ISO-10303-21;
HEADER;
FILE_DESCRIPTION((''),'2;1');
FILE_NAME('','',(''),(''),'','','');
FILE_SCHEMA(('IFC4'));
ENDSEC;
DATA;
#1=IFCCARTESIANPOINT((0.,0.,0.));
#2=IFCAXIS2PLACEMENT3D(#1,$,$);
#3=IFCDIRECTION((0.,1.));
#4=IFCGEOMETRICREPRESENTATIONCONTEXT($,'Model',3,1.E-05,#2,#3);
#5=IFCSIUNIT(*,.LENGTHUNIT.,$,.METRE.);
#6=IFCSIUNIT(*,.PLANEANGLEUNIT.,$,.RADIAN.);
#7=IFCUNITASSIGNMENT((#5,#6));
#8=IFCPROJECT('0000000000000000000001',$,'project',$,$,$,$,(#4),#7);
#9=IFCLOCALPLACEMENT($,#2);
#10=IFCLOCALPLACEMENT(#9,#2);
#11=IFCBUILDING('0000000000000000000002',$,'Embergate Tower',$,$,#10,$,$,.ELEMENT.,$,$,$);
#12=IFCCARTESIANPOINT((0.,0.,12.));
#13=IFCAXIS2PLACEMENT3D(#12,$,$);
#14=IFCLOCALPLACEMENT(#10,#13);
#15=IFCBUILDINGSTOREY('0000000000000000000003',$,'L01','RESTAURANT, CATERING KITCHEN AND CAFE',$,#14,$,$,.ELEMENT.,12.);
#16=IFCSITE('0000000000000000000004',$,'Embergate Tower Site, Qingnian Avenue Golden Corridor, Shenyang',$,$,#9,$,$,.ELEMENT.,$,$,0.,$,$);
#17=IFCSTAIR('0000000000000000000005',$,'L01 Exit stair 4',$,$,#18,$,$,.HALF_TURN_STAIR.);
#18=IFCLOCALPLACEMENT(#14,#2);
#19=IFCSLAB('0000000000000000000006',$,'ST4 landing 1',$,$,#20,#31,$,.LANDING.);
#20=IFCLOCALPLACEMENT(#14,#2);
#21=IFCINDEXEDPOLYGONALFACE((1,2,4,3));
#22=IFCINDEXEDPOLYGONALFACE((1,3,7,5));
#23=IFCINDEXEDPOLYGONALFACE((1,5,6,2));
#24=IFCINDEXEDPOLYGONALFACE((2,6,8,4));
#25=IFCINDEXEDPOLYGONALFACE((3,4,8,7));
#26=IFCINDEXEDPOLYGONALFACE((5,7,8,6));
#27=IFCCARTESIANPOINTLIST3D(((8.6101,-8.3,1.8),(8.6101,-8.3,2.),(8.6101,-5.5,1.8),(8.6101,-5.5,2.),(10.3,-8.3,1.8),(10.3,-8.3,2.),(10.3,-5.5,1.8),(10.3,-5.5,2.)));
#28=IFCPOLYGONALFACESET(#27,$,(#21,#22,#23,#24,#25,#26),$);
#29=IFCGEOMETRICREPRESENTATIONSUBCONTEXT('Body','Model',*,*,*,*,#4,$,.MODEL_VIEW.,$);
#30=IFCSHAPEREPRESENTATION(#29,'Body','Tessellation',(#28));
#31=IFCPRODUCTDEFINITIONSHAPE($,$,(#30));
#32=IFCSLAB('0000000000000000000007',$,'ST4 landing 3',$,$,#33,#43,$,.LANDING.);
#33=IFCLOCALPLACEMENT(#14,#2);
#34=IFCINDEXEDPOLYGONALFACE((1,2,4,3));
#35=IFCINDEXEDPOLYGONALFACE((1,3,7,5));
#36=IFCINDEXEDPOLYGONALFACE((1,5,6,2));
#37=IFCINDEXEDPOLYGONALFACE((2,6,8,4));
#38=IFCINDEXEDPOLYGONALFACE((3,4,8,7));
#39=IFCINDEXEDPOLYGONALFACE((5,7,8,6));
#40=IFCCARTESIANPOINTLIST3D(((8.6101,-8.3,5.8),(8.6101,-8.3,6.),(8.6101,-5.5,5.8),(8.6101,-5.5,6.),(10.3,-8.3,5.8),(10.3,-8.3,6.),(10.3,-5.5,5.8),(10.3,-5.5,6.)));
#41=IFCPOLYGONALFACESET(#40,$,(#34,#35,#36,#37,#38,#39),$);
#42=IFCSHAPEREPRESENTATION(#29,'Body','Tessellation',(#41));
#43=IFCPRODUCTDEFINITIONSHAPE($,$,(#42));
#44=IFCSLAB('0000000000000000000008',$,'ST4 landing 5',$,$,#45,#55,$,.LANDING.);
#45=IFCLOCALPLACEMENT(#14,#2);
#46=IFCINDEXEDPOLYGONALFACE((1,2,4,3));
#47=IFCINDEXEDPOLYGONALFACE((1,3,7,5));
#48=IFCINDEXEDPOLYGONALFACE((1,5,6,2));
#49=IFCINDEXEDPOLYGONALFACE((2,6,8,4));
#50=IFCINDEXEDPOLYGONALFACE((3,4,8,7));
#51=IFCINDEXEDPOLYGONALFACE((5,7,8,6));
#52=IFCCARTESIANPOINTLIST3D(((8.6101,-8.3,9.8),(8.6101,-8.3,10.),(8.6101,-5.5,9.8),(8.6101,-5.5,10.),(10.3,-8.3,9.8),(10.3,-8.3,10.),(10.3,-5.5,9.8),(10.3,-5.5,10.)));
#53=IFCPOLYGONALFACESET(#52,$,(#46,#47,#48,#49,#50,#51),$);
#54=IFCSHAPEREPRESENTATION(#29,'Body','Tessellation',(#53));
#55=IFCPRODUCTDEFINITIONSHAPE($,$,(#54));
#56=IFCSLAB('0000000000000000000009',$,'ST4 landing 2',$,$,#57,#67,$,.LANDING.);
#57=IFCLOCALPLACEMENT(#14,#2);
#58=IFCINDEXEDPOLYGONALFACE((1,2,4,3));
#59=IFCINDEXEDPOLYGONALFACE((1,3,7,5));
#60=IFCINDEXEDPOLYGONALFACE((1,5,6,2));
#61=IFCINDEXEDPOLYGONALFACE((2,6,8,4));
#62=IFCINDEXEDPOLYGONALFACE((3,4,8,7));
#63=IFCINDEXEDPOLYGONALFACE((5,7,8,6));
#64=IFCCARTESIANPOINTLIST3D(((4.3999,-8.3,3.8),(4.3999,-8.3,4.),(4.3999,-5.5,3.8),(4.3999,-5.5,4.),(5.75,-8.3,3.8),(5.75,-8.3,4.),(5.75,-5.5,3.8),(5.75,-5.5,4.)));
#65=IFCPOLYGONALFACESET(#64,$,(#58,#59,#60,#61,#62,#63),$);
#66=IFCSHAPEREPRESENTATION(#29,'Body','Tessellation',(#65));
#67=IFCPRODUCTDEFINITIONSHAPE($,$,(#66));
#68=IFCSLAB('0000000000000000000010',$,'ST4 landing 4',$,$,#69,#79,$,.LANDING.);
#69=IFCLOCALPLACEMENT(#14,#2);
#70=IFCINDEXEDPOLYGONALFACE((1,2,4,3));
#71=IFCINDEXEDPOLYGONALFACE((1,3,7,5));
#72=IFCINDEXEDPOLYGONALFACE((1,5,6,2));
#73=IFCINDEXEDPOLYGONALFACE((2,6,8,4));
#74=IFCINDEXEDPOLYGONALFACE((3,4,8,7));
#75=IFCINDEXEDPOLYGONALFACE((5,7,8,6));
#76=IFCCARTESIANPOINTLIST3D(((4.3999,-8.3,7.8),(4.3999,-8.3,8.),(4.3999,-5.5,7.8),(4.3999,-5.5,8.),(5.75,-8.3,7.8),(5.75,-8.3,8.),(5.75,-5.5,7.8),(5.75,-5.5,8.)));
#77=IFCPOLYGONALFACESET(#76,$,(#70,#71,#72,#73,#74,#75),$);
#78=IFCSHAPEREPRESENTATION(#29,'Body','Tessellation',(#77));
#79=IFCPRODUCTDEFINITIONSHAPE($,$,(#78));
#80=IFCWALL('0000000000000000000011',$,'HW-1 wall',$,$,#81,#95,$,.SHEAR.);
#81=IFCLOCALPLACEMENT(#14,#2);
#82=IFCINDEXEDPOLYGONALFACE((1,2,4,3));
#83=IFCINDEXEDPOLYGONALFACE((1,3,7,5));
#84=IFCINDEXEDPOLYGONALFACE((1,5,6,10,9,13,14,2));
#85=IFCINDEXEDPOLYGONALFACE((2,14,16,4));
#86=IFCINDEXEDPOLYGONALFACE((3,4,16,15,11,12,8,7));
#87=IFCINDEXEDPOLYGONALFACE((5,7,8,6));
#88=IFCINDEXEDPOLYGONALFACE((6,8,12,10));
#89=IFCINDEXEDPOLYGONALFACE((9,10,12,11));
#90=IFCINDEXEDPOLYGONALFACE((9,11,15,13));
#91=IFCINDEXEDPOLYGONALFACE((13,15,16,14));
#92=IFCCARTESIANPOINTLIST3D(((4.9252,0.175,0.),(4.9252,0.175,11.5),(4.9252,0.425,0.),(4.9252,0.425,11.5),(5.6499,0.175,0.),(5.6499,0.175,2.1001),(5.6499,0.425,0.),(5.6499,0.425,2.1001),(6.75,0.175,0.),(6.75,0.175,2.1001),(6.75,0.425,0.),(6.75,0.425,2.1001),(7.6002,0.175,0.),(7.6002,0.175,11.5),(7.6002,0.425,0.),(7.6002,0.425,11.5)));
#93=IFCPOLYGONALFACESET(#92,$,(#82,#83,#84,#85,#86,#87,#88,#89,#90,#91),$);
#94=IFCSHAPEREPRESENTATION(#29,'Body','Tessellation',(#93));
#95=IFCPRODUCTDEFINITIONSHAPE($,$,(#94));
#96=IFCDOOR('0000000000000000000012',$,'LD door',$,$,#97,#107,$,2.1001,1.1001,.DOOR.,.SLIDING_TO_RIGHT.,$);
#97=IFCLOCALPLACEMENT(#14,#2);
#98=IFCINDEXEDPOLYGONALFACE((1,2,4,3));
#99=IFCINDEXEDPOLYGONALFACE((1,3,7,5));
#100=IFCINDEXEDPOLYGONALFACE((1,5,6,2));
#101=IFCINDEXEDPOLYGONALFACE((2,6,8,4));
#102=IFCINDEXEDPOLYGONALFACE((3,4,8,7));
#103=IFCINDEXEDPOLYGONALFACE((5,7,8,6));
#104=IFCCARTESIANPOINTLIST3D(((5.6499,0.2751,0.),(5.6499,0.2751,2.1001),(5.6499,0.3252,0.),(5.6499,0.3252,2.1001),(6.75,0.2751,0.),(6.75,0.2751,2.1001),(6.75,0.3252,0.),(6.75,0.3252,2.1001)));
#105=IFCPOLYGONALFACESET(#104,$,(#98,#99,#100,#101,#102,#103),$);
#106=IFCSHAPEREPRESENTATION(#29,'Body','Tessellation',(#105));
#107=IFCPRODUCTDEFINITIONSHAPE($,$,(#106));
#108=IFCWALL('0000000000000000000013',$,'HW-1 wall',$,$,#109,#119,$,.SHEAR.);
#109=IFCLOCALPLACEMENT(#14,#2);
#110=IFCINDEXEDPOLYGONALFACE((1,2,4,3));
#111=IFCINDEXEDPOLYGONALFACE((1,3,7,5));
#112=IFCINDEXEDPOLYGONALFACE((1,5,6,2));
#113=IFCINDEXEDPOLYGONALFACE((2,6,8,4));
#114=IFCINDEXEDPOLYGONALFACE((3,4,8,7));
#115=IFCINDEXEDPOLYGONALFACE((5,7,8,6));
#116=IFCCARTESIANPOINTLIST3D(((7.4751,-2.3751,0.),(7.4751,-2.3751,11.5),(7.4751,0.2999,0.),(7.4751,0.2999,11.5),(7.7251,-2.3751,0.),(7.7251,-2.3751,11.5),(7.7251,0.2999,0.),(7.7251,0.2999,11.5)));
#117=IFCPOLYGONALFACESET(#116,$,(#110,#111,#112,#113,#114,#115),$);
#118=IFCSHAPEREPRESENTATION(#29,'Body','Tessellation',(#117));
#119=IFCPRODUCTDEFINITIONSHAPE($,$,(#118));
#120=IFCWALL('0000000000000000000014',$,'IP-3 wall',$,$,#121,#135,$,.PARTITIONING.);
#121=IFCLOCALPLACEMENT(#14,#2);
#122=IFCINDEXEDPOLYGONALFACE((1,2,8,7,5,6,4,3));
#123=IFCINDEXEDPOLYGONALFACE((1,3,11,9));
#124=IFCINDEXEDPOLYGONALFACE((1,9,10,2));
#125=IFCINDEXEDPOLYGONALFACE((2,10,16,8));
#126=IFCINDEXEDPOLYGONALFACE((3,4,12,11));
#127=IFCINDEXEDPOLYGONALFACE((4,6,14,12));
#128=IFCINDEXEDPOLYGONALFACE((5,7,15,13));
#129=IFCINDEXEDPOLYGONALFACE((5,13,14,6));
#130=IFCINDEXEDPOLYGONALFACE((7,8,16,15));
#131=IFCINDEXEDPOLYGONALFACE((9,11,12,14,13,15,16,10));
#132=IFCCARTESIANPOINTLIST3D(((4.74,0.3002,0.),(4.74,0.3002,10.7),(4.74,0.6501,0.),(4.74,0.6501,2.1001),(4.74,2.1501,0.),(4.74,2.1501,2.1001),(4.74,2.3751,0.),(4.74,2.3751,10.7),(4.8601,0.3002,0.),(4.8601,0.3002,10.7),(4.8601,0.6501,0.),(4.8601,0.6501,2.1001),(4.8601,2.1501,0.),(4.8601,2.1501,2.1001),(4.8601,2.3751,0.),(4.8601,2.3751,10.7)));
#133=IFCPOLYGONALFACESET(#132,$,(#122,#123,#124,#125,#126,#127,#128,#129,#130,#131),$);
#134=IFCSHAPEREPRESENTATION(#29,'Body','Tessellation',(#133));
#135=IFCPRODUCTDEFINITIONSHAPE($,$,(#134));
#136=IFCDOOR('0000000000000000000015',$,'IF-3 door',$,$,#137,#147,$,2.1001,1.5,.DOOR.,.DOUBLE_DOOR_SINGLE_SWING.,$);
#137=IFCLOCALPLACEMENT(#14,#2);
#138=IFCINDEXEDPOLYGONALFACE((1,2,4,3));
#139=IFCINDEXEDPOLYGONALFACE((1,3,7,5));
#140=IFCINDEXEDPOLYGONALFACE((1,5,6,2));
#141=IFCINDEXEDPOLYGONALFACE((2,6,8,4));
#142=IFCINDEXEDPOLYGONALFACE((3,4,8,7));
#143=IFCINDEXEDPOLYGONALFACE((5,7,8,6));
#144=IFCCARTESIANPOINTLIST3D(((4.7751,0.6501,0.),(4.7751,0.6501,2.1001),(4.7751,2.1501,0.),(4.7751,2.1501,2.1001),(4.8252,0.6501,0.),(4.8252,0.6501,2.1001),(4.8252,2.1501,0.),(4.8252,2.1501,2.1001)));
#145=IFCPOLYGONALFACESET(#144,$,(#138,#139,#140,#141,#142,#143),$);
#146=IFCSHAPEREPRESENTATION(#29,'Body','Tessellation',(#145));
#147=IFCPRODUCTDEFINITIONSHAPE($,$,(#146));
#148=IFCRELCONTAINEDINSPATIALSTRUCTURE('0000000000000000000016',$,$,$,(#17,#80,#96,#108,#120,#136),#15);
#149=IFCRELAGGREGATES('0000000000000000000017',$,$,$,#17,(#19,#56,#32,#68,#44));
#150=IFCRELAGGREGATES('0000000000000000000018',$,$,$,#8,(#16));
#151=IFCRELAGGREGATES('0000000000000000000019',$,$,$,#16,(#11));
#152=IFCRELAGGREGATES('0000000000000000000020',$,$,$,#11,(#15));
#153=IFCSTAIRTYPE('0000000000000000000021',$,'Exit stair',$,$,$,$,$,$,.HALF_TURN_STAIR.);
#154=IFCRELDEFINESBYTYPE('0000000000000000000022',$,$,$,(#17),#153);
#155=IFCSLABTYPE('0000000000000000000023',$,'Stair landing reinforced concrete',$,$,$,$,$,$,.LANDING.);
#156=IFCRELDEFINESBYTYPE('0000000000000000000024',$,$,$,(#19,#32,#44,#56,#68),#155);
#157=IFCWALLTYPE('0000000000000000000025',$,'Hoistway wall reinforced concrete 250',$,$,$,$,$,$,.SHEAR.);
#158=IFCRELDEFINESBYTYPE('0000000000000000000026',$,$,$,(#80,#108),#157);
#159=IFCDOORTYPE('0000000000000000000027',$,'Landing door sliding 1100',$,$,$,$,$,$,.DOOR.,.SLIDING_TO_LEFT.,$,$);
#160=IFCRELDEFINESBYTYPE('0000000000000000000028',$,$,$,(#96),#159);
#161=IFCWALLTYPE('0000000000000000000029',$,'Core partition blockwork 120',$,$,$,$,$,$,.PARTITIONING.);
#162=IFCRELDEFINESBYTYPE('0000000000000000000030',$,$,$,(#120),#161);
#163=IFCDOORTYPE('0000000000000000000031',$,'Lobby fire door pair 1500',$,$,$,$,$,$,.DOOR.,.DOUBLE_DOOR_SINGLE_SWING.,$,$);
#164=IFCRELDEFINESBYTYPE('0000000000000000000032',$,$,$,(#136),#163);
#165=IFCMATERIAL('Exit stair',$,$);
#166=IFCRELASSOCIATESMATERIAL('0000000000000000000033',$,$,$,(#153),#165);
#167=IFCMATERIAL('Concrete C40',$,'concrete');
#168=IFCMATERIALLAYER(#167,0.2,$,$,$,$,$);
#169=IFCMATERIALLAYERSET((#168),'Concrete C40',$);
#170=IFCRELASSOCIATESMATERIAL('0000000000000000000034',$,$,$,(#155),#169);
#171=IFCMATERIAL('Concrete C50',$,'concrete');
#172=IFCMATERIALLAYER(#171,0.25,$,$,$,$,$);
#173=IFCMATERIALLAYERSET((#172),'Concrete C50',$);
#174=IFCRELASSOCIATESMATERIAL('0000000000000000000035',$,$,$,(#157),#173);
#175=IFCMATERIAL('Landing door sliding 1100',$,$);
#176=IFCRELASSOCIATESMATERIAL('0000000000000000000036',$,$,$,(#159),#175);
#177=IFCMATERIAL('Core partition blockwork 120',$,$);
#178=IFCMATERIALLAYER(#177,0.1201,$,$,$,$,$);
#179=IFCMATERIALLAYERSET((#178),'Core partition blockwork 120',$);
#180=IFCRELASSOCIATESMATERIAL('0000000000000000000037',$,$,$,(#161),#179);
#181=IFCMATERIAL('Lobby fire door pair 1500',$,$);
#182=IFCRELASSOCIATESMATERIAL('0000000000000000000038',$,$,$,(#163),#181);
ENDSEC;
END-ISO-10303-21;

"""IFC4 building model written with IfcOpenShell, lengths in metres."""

from ifc_helpers import new_model, si_unit, direction, frame, frame_2d, origin, place, context, subcontext, project, spatial, polyline, rectangle, outline, extrude, source, transform, mapped, material, layer, layer_set, type_object, element, fill, aggregate, save


model = new_model("IFC4")

# Units and contexts
model_context = context("Model", 3, precision=1e-05, world=origin(), true_north=direction((0.0, 1.0)))
body_context = subcontext(model_context, "Body", "Model", "MODEL_VIEW")
ifc_project = project(units=[si_unit("LENGTHUNIT", "METRE"), si_unit("PLANEANGLEUNIT", "RADIAN")], contexts=[model_context])

# Site, building, storey
site_placement = place(None, origin())
site = spatial("IfcSite", under=ifc_project, at=site_placement, Name="Embergate Tower Site, Qingnian Avenue Golden Corridor, Shenyang", CompositionType="ELEMENT", RefElevation=0.0)
building_placement = place(site_placement, origin())
building = spatial("IfcBuilding", under=site, at=building_placement, Name="Embergate Tower", CompositionType="ELEMENT")
storey_placement = place(building_placement, frame((0.0, 0.0, 12.0)))
storey = spatial("IfcBuildingStorey", under=building, at=storey_placement, Name="L01", Description="RESTAURANT, CATERING KITCHEN AND CAFE", CompositionType="ELEMENT", Elevation=12.0)

# Stair, slabs
ifc_material_1 = material(Name="Exit stair")
stair_type = type_object("IfcStairType", Name="Exit stair", PredefinedType="HALF_TURN_STAIR", material=ifc_material_1)
stair_placement = place(storey_placement, origin())
stair = element("IfcStair", 1, at=stair_placement, inside=storey, type_object=stair_type, Name="L01 Exit stair 4", PredefinedType="HALF_TURN_STAIR")
ifc_material_2 = material(Name="Concrete C40", Category="concrete")
ifc_layer_1 = layer(ifc_material_2, 0.2)
ifc_layer_set_1 = layer_set([ifc_layer_1], Name="Concrete C40")
slab_type = type_object("IfcSlabType", Name="Stair landing reinforced concrete", PredefinedType="LANDING", material=ifc_layer_set_1)
shared_shape_1 = source(origin(), body_context, "Body", "SweptSolid", [
    extrude(outline(polyline([(0.0, 0.0), (1.6899, 0.0), (1.6899, 2.8), (0.0, 2.8), (0.0, 0.0)])), origin(), (0.0, 0.0, 1.0), 0.2),
])
slab_1_placement = place(storey_placement, frame((8.6101, -8.3, 1.8)))
slab_1 = element("IfcSlab", 2, at=slab_1_placement, type_object=slab_type, Name="ST4 landing 1", PredefinedType="LANDING", context=body_context, shape_type="MappedRepresentation", body=[
    mapped(shared_shape_1, transform((0.0, 0.0, 0.0))),
])
slab_2_placement = place(storey_placement, frame((8.6101, -8.3, 5.8)))
slab_2 = element("IfcSlab", 3, at=slab_2_placement, type_object=slab_type, Name="ST4 landing 3", PredefinedType="LANDING", context=body_context, shape_type="MappedRepresentation", body=[
    mapped(shared_shape_1, transform((0.0, 0.0, 0.0))),
])
slab_3_placement = place(storey_placement, frame((8.6101, -8.3, 9.8)))
slab_3 = element("IfcSlab", 4, at=slab_3_placement, type_object=slab_type, Name="ST4 landing 5", PredefinedType="LANDING", context=body_context, shape_type="MappedRepresentation", body=[
    mapped(shared_shape_1, transform((0.0, 0.0, 0.0))),
])
shared_shape_2 = source(origin(), body_context, "Body", "SweptSolid", [
    extrude(outline(polyline([(0.0, 0.0), (1.3501, 0.0), (1.3501, 2.8), (0.0, 2.8), (0.0, 0.0)])), origin(), (0.0, 0.0, 1.0), 0.2),
])
slab_4_placement = place(storey_placement, frame((4.3999, -8.3, 3.8)))
slab_4 = element("IfcSlab", 5, at=slab_4_placement, type_object=slab_type, Name="ST4 landing 2", PredefinedType="LANDING", context=body_context, shape_type="MappedRepresentation", body=[
    mapped(shared_shape_2, transform((0.0, 0.0, 0.0))),
])
slab_5_placement = place(storey_placement, frame((4.3999, -8.3, 7.8)))
slab_5 = element("IfcSlab", 6, at=slab_5_placement, type_object=slab_type, Name="ST4 landing 4", PredefinedType="LANDING", context=body_context, shape_type="MappedRepresentation", body=[
    mapped(shared_shape_2, transform((0.0, 0.0, 0.0))),
])

# Wall, opening, door
ifc_material_3 = material(Name="Concrete C50", Category="concrete")
ifc_layer_2 = layer(ifc_material_3, 0.25)
ifc_layer_set_2 = layer_set([ifc_layer_2], Name="Concrete C50")
wall_type_1 = type_object("IfcWallType", Name="Hoistway wall reinforced concrete 250", PredefinedType="SHEAR", material=ifc_layer_set_2)
shared_shape_3 = source(origin(), body_context, "Body", "SweptSolid", [
    extrude(rectangle(XDim=2.675, YDim=0.25, at=frame_2d((1.3374, 0.0))), origin(), (0.0, 0.0, 1.0), 11.5),
])
wall_1_placement = place(storey_placement, frame((7.6001, 0.3, 0.0), z_axis=(0.0, 0.0, 1.0), x_axis=(-1.0, 0.0, 0.0)))
wall_1 = element("IfcWall", 7, at=wall_1_placement, inside=storey, type_object=wall_type_1, Name="HW-1 wall", PredefinedType="SHEAR", context=body_context, shape_type="MappedRepresentation", body=[
    mapped(shared_shape_3, transform((0.0, 0.0, 0.0))),
])
shared_shape_4 = source(origin(), body_context, "Body", "SweptSolid", [
    extrude(rectangle(XDim=1.1001, YDim=2.1001, at=frame_2d((0.55, 1.05))), frame((0.0, 0.135, 0.0), z_axis=(0.0, -1.0, 0.0), x_axis=(1.0, 0.0, 0.0)), (0.0, 0.0, 1.0), 0.27),
])
opening_1_placement = place(wall_1_placement, frame((0.8501, 0.0, 0.0)))
opening_1 = element("IfcOpeningElement", 8, at=opening_1_placement, cuts=wall_1, PredefinedType="OPENING", context=body_context, shape_type="MappedRepresentation", body=[
    mapped(shared_shape_4, transform((0.0, 0.0, 0.0))),
])
ifc_material_4 = material(Name="Landing door sliding 1100")
door_type_1 = type_object("IfcDoorType", Name="Landing door sliding 1100", OperationType="SLIDING_TO_LEFT", PredefinedType="DOOR", material=ifc_material_4)
shared_shape_5 = source(origin(), body_context, "Body", "SweptSolid", [
    extrude(rectangle(XDim=1.1001, YDim=2.1001, at=frame_2d((0.55, 1.05))), frame((0.0, 0.0249, 0.0), z_axis=(0.0, -1.0, 0.0), x_axis=(1.0, 0.0, 0.0)), (0.0, 0.0, 1.0), 0.05),
])
door_1_placement = place(opening_1_placement, origin())
door_1 = element("IfcDoor", 9, at=door_1_placement, inside=storey, type_object=door_type_1, Name="LD door", OperationType="SLIDING_TO_RIGHT", OverallHeight=2.1001, OverallWidth=1.1001, PredefinedType="DOOR", context=body_context, shape_type="MappedRepresentation", body=[
    mapped(shared_shape_5, transform((0.0, 0.0, 0.0))),
])
fill(opening_1, door_1)

# Wall
wall_2_placement = place(storey_placement, frame((7.6001, -2.375, 0.0), z_axis=(0.0, 0.0, 1.0), x_axis=(0.0, 1.0, 0.0)))
element("IfcWall", 10, at=wall_2_placement, inside=storey, type_object=wall_type_1, Name="HW-1 wall", PredefinedType="SHEAR", context=body_context, shape_type="MappedRepresentation", body=[
    mapped(shared_shape_3, transform((0.0, 0.0, 0.0))),
])

# Wall, opening, door
ifc_material_5 = material(Name="Core partition blockwork 120")
ifc_layer_3 = layer(ifc_material_5, 0.1201)
ifc_layer_set_3 = layer_set([ifc_layer_3], Name="Core partition blockwork 120")
wall_type_2 = type_object("IfcWallType", Name="Core partition blockwork 120", PredefinedType="PARTITIONING", material=ifc_layer_set_3)
shared_shape_6 = source(origin(), body_context, "Body", "SweptSolid", [
    extrude(rectangle(XDim=2.075, YDim=0.1201, at=frame_2d((1.0376, 0.0))), origin(), (0.0, 0.0, 1.0), 10.7),
])
wall_3_placement = place(storey_placement, frame((4.8, 0.3, 0.0), z_axis=(0.0, 0.0, 1.0), x_axis=(0.0, 1.0, 0.0)))
wall_3 = element("IfcWall", 11, at=wall_3_placement, inside=storey, type_object=wall_type_2, Name="IP-3 wall", PredefinedType="PARTITIONING", context=body_context, shape_type="MappedRepresentation", body=[
    mapped(shared_shape_6, transform((0.0, 0.0, 0.0))),
])
shared_shape_7 = source(origin(), body_context, "Body", "SweptSolid", [
    extrude(rectangle(XDim=1.5, YDim=2.1001, at=frame_2d((0.75, 1.05))), frame((0.0, 0.0701, 0.0), z_axis=(0.0, -1.0, 0.0), x_axis=(1.0, 0.0, 0.0)), (0.0, 0.0, 1.0), 0.1401),
])
opening_2_placement = place(wall_3_placement, frame((0.3501, 0.0, 0.0)))
opening_2 = element("IfcOpeningElement", 12, at=opening_2_placement, cuts=wall_3, PredefinedType="OPENING", context=body_context, shape_type="MappedRepresentation", body=[
    mapped(shared_shape_7, transform((0.0, 0.0, 0.0))),
])
ifc_material_6 = material(Name="Lobby fire door pair 1500")
door_type_2 = type_object("IfcDoorType", Name="Lobby fire door pair 1500", OperationType="DOUBLE_DOOR_SINGLE_SWING", PredefinedType="DOOR", material=ifc_material_6)
shared_shape_8 = source(origin(), body_context, "Body", "SweptSolid", [
    extrude(rectangle(XDim=1.5, YDim=2.1001, at=frame_2d((0.75, 1.05))), frame((0.0, 0.0249, 0.0), z_axis=(0.0, -1.0, 0.0), x_axis=(1.0, 0.0, 0.0)), (0.0, 0.0, 1.0), 0.05),
])
door_2_placement = place(opening_2_placement, origin())
door_2 = element("IfcDoor", 13, at=door_2_placement, inside=storey, type_object=door_type_2, Name="IF-3 door", OperationType="DOUBLE_DOOR_SINGLE_SWING", OverallHeight=2.1001, OverallWidth=1.5, PredefinedType="DOOR", context=body_context, shape_type="MappedRepresentation", body=[
    mapped(shared_shape_8, transform((0.0, 0.0, 0.0))),
])
fill(opening_2, door_2)

aggregate(stair, [slab_1, slab_4, slab_2, slab_5, slab_3])

save(model, "model.ifc")
